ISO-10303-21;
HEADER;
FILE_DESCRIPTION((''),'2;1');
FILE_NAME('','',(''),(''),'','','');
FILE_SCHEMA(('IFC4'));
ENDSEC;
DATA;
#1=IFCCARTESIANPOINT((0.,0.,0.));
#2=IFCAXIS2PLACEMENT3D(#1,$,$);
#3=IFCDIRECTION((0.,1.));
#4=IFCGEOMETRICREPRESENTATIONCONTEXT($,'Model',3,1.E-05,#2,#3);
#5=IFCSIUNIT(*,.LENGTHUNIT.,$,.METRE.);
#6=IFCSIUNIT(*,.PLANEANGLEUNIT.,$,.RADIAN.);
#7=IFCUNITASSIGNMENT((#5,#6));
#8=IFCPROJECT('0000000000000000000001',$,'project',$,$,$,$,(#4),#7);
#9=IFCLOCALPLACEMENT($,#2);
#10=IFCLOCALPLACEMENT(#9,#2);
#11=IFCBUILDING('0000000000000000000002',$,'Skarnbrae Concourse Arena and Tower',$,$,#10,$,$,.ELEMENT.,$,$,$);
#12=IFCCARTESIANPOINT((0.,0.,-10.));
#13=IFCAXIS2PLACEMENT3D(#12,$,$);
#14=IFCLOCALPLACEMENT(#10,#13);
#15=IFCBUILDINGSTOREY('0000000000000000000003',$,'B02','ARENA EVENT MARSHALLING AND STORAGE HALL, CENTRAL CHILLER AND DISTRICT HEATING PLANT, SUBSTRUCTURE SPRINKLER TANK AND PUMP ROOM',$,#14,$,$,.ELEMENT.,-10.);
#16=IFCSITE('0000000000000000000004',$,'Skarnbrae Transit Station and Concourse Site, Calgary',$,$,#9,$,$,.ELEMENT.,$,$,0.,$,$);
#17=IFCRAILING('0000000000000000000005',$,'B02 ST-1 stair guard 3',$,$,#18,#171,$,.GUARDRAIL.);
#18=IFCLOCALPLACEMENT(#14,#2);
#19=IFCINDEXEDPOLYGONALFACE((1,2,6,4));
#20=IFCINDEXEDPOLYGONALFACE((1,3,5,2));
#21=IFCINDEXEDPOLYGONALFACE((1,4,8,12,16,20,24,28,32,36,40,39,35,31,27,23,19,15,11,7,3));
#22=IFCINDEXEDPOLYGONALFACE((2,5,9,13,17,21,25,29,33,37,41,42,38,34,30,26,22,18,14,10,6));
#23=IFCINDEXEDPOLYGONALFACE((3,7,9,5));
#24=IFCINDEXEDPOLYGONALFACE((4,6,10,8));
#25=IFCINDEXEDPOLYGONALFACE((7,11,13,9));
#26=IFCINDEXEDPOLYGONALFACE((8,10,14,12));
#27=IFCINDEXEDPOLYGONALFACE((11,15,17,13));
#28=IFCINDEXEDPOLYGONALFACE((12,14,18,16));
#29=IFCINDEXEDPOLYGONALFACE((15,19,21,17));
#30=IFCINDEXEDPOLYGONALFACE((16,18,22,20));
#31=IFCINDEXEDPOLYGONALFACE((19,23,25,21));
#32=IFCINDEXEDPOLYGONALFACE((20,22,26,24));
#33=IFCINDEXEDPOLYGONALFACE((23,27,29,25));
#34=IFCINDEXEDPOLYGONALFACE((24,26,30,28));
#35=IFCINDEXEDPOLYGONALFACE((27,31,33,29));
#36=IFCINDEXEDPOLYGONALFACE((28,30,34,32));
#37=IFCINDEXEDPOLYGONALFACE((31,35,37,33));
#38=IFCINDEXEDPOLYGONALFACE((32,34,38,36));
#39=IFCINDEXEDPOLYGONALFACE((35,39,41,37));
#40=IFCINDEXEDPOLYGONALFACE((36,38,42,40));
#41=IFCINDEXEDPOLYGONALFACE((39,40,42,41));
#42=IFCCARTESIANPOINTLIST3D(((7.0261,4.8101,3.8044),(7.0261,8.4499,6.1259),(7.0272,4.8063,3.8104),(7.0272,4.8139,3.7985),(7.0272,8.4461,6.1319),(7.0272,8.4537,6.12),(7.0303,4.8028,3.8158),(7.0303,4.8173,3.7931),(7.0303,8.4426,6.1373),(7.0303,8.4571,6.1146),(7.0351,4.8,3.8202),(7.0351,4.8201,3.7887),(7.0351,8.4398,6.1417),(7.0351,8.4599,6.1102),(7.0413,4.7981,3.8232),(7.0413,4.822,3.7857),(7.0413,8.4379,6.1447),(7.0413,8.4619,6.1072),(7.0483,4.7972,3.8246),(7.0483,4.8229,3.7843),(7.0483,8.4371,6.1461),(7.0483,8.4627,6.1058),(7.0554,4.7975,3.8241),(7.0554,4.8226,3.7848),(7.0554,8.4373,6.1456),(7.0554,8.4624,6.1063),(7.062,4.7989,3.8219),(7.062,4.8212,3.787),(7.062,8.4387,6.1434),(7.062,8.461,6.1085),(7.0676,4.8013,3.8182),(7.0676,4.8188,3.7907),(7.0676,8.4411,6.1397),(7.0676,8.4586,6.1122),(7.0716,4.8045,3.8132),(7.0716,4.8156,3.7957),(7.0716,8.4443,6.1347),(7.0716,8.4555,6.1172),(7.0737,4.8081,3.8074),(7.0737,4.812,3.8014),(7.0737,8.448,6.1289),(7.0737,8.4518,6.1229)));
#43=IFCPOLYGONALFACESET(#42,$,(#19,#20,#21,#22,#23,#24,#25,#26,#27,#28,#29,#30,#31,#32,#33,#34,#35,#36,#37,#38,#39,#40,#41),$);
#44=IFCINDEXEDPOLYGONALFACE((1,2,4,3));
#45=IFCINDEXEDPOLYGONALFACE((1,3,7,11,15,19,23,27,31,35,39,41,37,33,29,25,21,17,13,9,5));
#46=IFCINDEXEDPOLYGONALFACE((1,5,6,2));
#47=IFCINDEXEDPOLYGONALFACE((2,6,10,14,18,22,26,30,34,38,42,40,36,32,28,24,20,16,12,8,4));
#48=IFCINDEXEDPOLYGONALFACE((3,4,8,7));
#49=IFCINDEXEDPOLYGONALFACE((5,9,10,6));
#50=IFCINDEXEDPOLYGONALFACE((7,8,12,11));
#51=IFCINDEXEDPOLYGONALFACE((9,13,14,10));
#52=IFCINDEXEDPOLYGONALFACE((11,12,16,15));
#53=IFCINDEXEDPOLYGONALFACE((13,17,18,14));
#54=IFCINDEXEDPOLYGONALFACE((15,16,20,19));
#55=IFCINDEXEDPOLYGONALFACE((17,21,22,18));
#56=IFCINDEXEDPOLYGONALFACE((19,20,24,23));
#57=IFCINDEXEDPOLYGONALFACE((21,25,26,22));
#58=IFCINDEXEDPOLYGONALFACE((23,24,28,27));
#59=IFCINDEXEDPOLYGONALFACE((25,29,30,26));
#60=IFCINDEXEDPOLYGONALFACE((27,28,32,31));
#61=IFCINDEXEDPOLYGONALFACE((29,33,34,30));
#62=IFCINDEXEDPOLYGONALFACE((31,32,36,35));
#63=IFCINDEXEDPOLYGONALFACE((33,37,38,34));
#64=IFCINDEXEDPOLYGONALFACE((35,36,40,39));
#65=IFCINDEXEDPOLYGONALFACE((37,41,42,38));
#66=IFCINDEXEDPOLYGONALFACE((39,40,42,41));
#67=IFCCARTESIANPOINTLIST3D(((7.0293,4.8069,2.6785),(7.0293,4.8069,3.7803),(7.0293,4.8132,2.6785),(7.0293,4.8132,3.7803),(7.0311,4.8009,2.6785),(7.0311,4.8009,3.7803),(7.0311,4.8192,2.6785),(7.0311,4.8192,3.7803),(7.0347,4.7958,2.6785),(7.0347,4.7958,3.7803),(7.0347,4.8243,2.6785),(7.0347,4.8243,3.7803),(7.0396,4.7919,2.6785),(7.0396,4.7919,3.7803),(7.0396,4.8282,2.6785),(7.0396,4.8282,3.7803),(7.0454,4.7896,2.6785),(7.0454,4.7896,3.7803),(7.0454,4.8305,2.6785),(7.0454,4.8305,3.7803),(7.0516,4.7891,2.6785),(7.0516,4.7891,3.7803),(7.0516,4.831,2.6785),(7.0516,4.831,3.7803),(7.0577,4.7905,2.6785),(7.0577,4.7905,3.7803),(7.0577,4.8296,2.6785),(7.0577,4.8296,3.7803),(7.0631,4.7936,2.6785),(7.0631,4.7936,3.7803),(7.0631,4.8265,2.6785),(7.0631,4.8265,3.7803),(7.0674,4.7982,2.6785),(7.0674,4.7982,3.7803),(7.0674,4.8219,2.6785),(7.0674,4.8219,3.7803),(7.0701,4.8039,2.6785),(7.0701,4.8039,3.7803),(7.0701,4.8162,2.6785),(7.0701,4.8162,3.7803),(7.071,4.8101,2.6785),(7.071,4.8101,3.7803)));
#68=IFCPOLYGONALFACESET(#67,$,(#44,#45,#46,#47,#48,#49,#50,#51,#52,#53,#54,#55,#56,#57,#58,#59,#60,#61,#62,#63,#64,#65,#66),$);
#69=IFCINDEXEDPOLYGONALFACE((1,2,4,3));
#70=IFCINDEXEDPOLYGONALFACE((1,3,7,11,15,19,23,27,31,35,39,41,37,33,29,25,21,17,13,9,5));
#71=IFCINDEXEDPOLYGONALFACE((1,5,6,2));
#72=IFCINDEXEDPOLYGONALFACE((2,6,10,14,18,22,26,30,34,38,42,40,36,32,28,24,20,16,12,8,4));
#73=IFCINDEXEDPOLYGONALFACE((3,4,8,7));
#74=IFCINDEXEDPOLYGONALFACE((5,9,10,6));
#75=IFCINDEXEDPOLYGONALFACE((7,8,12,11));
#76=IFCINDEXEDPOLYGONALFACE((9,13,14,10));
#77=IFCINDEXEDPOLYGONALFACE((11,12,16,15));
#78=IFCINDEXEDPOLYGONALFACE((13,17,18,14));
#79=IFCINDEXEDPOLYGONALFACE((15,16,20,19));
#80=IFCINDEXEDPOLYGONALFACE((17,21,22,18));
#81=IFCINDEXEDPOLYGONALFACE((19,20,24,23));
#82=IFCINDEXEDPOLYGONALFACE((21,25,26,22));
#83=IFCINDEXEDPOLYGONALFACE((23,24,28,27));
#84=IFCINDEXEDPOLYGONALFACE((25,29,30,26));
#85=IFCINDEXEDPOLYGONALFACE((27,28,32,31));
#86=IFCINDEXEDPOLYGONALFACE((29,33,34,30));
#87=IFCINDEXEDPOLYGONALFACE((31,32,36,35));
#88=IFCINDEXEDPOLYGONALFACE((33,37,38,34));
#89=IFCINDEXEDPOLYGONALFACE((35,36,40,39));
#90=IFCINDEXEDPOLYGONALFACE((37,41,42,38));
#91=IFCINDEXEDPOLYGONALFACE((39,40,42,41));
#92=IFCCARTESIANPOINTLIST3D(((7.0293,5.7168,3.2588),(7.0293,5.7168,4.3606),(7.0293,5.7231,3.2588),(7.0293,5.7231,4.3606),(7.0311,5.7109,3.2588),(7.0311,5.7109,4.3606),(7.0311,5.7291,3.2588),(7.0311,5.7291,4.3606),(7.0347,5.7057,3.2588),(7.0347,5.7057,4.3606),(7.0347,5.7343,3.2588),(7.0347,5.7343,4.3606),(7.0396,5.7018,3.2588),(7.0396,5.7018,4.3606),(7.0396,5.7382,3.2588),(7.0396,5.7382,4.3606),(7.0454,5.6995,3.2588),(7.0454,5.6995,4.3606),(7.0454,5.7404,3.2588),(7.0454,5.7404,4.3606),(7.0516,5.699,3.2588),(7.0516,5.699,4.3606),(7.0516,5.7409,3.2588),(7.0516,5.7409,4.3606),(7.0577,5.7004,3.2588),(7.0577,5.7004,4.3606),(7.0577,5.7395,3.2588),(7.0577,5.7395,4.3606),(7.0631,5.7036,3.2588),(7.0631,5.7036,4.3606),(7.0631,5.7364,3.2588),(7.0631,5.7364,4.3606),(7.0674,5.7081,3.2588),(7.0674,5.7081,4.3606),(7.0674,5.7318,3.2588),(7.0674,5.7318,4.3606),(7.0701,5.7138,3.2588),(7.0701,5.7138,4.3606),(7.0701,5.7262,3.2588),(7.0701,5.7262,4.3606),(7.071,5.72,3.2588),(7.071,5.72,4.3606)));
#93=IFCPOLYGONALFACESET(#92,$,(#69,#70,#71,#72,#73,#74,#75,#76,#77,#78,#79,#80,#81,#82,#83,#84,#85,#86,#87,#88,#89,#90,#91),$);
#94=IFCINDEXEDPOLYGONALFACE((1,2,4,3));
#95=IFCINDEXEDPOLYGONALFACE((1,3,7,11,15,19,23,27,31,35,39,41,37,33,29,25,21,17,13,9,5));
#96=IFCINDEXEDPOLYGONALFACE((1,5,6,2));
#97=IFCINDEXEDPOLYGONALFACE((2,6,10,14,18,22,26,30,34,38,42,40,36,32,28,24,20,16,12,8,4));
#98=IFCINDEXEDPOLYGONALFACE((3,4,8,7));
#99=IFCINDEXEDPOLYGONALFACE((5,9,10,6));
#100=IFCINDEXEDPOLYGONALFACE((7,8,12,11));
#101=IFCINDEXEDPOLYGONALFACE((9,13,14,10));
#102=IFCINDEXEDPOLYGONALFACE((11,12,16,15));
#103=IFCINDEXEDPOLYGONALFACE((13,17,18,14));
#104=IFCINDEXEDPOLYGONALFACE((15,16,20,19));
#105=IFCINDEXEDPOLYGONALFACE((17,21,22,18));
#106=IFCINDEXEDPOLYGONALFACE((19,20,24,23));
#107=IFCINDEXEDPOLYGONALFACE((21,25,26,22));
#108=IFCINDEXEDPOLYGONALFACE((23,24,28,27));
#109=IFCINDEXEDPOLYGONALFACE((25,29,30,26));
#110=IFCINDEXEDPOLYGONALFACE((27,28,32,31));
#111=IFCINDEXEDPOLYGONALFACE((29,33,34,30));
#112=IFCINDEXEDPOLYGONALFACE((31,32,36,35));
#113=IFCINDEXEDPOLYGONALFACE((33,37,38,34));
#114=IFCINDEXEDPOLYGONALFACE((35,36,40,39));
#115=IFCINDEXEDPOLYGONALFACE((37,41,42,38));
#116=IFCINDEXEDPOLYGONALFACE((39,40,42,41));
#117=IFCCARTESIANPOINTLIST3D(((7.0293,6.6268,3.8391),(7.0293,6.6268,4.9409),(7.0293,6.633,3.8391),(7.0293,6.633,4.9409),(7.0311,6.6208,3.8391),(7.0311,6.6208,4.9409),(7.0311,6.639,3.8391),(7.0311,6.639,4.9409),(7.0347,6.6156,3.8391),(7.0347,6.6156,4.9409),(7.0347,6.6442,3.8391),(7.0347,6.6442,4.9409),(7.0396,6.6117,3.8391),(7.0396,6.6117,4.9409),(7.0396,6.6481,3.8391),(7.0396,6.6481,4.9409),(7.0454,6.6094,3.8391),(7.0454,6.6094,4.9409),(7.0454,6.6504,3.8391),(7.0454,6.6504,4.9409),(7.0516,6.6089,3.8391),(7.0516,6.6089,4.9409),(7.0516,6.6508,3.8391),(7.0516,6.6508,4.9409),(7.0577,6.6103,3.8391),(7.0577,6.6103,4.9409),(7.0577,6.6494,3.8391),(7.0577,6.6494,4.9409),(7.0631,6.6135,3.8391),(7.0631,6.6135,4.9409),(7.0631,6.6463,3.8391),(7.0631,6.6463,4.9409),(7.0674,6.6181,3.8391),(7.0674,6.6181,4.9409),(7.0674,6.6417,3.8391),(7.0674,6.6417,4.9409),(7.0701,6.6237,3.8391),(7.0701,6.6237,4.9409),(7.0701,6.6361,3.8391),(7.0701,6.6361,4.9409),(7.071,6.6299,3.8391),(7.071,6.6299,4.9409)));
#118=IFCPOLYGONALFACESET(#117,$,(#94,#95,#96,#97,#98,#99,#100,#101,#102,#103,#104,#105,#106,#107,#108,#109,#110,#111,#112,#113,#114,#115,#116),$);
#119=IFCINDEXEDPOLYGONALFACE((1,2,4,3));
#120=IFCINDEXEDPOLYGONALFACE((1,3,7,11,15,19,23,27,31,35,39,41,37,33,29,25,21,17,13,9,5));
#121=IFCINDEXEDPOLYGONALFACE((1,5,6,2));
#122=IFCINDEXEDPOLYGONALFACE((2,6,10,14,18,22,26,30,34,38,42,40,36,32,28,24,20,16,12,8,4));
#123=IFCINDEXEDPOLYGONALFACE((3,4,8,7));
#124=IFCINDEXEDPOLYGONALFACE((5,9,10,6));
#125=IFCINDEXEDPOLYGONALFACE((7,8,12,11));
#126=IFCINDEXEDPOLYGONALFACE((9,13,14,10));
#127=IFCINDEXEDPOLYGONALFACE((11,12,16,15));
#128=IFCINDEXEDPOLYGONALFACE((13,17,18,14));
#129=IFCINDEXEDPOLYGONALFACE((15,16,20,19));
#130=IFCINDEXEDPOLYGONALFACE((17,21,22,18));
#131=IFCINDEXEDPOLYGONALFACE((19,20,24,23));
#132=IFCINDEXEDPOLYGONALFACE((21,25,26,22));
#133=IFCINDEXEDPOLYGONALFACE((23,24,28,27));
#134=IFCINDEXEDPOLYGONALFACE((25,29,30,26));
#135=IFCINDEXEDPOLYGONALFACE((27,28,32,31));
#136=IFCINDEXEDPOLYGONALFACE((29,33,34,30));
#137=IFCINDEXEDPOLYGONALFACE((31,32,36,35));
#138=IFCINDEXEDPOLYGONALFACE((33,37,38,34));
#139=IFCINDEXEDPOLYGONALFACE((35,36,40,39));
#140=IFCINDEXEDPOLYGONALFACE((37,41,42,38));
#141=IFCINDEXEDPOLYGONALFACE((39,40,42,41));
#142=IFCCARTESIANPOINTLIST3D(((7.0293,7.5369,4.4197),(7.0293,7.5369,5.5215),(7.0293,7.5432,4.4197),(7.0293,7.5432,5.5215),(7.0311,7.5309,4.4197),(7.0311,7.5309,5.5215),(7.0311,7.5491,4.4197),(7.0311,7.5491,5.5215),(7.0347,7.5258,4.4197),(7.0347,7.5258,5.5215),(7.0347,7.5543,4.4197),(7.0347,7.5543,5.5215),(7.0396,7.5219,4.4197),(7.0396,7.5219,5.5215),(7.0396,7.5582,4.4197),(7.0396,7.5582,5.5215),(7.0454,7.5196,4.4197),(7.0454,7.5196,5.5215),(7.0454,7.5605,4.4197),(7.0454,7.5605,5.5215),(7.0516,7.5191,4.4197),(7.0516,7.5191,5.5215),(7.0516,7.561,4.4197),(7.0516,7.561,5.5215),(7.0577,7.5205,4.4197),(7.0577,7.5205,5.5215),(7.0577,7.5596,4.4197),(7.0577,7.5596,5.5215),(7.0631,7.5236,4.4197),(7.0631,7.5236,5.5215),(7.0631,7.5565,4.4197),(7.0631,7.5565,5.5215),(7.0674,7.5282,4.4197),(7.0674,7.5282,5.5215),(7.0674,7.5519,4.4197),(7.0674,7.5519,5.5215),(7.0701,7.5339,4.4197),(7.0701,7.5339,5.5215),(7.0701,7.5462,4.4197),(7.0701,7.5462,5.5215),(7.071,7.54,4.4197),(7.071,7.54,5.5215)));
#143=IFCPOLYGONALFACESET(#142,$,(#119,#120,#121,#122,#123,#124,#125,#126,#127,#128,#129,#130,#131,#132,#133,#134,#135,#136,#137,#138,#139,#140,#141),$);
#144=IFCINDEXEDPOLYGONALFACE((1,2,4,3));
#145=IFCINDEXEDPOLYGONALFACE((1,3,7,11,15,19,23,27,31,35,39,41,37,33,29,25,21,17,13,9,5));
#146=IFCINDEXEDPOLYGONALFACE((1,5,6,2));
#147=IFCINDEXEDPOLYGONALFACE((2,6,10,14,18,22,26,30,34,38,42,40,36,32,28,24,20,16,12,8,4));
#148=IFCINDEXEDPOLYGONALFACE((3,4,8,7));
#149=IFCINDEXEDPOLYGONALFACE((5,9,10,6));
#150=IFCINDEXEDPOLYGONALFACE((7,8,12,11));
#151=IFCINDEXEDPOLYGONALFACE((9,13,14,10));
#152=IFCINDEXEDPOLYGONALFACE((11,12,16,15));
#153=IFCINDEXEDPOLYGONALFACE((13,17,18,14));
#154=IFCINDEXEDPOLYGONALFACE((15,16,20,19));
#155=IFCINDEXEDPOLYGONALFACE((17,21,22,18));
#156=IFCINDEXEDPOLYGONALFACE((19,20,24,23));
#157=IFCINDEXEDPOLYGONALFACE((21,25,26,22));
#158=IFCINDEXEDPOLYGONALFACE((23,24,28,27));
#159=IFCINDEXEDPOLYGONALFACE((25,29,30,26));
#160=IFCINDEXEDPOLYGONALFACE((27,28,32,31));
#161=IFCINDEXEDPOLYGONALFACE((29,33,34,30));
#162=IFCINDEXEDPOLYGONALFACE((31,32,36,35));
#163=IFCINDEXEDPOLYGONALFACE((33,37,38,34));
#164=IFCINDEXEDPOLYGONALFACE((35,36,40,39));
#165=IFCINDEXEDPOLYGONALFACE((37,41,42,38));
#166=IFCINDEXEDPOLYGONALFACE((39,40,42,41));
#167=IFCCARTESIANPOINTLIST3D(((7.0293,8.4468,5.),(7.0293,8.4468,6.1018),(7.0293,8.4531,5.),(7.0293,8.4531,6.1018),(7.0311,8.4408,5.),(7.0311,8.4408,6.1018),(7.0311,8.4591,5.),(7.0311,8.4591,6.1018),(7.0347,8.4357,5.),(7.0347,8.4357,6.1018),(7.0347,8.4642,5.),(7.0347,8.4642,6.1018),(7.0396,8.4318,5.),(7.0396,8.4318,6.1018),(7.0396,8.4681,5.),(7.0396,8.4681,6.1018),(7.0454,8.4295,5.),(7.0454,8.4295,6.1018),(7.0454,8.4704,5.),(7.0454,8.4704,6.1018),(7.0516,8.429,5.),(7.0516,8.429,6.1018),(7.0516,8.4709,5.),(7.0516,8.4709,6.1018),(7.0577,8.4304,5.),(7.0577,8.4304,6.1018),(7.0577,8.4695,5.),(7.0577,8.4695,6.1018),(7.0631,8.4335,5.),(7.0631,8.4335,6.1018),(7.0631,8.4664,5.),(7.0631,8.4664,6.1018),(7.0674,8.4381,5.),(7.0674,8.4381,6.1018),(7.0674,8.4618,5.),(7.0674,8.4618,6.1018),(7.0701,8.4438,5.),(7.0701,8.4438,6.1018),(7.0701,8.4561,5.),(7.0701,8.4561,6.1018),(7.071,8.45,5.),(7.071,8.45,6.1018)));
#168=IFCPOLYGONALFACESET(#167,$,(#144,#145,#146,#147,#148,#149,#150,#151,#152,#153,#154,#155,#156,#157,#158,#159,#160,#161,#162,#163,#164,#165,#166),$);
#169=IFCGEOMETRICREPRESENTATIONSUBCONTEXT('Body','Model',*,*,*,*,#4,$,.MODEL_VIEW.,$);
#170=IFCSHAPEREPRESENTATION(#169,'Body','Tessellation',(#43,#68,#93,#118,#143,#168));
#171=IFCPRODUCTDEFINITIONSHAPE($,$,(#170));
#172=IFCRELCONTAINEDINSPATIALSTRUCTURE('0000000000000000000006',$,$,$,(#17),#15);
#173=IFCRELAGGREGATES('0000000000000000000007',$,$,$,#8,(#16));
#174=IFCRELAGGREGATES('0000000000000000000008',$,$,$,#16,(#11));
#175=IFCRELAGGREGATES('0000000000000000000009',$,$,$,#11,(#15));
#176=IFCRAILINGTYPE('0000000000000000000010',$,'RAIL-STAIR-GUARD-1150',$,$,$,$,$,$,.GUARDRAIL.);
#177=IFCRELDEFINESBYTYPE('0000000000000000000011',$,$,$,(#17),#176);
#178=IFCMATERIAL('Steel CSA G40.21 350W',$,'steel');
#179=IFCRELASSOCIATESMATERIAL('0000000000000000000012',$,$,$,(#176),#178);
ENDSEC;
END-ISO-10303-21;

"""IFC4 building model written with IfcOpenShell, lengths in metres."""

from ifc_helpers import new_model, si_unit, direction, frame, origin, origin_2d, place, context, subcontext, project, spatial, circle, extrude, material, type_object, element, save


model = new_model("IFC4")

# Units and contexts
model_context = context("Model", 3, precision=1e-05, world=origin(), true_north=direction((0.0, 1.0)))
body_context = subcontext(model_context, "Body", "Model", "MODEL_VIEW")
ifc_project = project(units=[si_unit("LENGTHUNIT", "METRE"), si_unit("PLANEANGLEUNIT", "RADIAN")], contexts=[model_context])

# Site, building, storey
site_placement = place(None, origin())
site = spatial("IfcSite", under=ifc_project, at=site_placement, Name="Skarnbrae Transit Station and Concourse Site, Calgary", CompositionType="ELEMENT", RefElevation=0.0)
building_placement = place(site_placement, origin())
building = spatial("IfcBuilding", under=site, at=building_placement, Name="Skarnbrae Concourse Arena and Tower", CompositionType="ELEMENT")
storey_placement = place(building_placement, frame((0.0, 0.0, -10.0)))
storey = spatial("IfcBuildingStorey", under=building, at=storey_placement, Name="B02", Description="ARENA EVENT MARSHALLING AND STORAGE HALL, CENTRAL CHILLER AND DISTRICT HEATING PLANT, SUBSTRUCTURE SPRINKLER TANK AND PUMP ROOM", CompositionType="ELEMENT", Elevation=-10.0)

# Shared definitions
ifc_material_1 = material(Name="Steel CSA G40.21 350W", Category="steel")

# Railing
railing_type_1 = type_object("IfcRailingType", Name="RAIL-STAIR-GUARD-1150", PredefinedType="GUARDRAIL", material=ifc_material_1)
railing_1_placement = place(storey_placement, frame((7.05, 4.8101, 2.6785)))
element("IfcRailing", 1, at=railing_1_placement, inside=storey, type_object=railing_type_1, Name="B02 ST-1 stair guard 3", PredefinedType="GUARDRAIL", context=body_context, shape_type="SweptSolid", body=[
    extrude(circle(Radius=0.0239, at=origin_2d()), frame((0.0, 0.0, 1.126), z_axis=(0.0, 0.843112, 0.537739), x_axis=(-1.0, 0.0, 0.0)), (0.0, 0.0, 1.0), 4.3171),
    extrude(circle(Radius=0.021, at=origin_2d()), origin(), (0.0, 0.0, 1.0), 1.1018),
    extrude(circle(Radius=0.021, at=origin_2d()), frame((0.0, 0.9099, 0.5803)), (0.0, 0.0, 1.0), 1.1018),
    extrude(circle(Radius=0.021, at=origin_2d()), frame((0.0, 1.8198, 1.1606)), (0.0, 0.0, 1.0), 1.1018),
    extrude(circle(Radius=0.021, at=origin_2d()), frame((0.0, 2.73, 1.7412)), (0.0, 0.0, 1.0), 1.1018),
    extrude(circle(Radius=0.021, at=origin_2d()), frame((0.0, 3.6399, 2.3215)), (0.0, 0.0, 1.0), 1.1018),
])

save(model, "model.ifc")
